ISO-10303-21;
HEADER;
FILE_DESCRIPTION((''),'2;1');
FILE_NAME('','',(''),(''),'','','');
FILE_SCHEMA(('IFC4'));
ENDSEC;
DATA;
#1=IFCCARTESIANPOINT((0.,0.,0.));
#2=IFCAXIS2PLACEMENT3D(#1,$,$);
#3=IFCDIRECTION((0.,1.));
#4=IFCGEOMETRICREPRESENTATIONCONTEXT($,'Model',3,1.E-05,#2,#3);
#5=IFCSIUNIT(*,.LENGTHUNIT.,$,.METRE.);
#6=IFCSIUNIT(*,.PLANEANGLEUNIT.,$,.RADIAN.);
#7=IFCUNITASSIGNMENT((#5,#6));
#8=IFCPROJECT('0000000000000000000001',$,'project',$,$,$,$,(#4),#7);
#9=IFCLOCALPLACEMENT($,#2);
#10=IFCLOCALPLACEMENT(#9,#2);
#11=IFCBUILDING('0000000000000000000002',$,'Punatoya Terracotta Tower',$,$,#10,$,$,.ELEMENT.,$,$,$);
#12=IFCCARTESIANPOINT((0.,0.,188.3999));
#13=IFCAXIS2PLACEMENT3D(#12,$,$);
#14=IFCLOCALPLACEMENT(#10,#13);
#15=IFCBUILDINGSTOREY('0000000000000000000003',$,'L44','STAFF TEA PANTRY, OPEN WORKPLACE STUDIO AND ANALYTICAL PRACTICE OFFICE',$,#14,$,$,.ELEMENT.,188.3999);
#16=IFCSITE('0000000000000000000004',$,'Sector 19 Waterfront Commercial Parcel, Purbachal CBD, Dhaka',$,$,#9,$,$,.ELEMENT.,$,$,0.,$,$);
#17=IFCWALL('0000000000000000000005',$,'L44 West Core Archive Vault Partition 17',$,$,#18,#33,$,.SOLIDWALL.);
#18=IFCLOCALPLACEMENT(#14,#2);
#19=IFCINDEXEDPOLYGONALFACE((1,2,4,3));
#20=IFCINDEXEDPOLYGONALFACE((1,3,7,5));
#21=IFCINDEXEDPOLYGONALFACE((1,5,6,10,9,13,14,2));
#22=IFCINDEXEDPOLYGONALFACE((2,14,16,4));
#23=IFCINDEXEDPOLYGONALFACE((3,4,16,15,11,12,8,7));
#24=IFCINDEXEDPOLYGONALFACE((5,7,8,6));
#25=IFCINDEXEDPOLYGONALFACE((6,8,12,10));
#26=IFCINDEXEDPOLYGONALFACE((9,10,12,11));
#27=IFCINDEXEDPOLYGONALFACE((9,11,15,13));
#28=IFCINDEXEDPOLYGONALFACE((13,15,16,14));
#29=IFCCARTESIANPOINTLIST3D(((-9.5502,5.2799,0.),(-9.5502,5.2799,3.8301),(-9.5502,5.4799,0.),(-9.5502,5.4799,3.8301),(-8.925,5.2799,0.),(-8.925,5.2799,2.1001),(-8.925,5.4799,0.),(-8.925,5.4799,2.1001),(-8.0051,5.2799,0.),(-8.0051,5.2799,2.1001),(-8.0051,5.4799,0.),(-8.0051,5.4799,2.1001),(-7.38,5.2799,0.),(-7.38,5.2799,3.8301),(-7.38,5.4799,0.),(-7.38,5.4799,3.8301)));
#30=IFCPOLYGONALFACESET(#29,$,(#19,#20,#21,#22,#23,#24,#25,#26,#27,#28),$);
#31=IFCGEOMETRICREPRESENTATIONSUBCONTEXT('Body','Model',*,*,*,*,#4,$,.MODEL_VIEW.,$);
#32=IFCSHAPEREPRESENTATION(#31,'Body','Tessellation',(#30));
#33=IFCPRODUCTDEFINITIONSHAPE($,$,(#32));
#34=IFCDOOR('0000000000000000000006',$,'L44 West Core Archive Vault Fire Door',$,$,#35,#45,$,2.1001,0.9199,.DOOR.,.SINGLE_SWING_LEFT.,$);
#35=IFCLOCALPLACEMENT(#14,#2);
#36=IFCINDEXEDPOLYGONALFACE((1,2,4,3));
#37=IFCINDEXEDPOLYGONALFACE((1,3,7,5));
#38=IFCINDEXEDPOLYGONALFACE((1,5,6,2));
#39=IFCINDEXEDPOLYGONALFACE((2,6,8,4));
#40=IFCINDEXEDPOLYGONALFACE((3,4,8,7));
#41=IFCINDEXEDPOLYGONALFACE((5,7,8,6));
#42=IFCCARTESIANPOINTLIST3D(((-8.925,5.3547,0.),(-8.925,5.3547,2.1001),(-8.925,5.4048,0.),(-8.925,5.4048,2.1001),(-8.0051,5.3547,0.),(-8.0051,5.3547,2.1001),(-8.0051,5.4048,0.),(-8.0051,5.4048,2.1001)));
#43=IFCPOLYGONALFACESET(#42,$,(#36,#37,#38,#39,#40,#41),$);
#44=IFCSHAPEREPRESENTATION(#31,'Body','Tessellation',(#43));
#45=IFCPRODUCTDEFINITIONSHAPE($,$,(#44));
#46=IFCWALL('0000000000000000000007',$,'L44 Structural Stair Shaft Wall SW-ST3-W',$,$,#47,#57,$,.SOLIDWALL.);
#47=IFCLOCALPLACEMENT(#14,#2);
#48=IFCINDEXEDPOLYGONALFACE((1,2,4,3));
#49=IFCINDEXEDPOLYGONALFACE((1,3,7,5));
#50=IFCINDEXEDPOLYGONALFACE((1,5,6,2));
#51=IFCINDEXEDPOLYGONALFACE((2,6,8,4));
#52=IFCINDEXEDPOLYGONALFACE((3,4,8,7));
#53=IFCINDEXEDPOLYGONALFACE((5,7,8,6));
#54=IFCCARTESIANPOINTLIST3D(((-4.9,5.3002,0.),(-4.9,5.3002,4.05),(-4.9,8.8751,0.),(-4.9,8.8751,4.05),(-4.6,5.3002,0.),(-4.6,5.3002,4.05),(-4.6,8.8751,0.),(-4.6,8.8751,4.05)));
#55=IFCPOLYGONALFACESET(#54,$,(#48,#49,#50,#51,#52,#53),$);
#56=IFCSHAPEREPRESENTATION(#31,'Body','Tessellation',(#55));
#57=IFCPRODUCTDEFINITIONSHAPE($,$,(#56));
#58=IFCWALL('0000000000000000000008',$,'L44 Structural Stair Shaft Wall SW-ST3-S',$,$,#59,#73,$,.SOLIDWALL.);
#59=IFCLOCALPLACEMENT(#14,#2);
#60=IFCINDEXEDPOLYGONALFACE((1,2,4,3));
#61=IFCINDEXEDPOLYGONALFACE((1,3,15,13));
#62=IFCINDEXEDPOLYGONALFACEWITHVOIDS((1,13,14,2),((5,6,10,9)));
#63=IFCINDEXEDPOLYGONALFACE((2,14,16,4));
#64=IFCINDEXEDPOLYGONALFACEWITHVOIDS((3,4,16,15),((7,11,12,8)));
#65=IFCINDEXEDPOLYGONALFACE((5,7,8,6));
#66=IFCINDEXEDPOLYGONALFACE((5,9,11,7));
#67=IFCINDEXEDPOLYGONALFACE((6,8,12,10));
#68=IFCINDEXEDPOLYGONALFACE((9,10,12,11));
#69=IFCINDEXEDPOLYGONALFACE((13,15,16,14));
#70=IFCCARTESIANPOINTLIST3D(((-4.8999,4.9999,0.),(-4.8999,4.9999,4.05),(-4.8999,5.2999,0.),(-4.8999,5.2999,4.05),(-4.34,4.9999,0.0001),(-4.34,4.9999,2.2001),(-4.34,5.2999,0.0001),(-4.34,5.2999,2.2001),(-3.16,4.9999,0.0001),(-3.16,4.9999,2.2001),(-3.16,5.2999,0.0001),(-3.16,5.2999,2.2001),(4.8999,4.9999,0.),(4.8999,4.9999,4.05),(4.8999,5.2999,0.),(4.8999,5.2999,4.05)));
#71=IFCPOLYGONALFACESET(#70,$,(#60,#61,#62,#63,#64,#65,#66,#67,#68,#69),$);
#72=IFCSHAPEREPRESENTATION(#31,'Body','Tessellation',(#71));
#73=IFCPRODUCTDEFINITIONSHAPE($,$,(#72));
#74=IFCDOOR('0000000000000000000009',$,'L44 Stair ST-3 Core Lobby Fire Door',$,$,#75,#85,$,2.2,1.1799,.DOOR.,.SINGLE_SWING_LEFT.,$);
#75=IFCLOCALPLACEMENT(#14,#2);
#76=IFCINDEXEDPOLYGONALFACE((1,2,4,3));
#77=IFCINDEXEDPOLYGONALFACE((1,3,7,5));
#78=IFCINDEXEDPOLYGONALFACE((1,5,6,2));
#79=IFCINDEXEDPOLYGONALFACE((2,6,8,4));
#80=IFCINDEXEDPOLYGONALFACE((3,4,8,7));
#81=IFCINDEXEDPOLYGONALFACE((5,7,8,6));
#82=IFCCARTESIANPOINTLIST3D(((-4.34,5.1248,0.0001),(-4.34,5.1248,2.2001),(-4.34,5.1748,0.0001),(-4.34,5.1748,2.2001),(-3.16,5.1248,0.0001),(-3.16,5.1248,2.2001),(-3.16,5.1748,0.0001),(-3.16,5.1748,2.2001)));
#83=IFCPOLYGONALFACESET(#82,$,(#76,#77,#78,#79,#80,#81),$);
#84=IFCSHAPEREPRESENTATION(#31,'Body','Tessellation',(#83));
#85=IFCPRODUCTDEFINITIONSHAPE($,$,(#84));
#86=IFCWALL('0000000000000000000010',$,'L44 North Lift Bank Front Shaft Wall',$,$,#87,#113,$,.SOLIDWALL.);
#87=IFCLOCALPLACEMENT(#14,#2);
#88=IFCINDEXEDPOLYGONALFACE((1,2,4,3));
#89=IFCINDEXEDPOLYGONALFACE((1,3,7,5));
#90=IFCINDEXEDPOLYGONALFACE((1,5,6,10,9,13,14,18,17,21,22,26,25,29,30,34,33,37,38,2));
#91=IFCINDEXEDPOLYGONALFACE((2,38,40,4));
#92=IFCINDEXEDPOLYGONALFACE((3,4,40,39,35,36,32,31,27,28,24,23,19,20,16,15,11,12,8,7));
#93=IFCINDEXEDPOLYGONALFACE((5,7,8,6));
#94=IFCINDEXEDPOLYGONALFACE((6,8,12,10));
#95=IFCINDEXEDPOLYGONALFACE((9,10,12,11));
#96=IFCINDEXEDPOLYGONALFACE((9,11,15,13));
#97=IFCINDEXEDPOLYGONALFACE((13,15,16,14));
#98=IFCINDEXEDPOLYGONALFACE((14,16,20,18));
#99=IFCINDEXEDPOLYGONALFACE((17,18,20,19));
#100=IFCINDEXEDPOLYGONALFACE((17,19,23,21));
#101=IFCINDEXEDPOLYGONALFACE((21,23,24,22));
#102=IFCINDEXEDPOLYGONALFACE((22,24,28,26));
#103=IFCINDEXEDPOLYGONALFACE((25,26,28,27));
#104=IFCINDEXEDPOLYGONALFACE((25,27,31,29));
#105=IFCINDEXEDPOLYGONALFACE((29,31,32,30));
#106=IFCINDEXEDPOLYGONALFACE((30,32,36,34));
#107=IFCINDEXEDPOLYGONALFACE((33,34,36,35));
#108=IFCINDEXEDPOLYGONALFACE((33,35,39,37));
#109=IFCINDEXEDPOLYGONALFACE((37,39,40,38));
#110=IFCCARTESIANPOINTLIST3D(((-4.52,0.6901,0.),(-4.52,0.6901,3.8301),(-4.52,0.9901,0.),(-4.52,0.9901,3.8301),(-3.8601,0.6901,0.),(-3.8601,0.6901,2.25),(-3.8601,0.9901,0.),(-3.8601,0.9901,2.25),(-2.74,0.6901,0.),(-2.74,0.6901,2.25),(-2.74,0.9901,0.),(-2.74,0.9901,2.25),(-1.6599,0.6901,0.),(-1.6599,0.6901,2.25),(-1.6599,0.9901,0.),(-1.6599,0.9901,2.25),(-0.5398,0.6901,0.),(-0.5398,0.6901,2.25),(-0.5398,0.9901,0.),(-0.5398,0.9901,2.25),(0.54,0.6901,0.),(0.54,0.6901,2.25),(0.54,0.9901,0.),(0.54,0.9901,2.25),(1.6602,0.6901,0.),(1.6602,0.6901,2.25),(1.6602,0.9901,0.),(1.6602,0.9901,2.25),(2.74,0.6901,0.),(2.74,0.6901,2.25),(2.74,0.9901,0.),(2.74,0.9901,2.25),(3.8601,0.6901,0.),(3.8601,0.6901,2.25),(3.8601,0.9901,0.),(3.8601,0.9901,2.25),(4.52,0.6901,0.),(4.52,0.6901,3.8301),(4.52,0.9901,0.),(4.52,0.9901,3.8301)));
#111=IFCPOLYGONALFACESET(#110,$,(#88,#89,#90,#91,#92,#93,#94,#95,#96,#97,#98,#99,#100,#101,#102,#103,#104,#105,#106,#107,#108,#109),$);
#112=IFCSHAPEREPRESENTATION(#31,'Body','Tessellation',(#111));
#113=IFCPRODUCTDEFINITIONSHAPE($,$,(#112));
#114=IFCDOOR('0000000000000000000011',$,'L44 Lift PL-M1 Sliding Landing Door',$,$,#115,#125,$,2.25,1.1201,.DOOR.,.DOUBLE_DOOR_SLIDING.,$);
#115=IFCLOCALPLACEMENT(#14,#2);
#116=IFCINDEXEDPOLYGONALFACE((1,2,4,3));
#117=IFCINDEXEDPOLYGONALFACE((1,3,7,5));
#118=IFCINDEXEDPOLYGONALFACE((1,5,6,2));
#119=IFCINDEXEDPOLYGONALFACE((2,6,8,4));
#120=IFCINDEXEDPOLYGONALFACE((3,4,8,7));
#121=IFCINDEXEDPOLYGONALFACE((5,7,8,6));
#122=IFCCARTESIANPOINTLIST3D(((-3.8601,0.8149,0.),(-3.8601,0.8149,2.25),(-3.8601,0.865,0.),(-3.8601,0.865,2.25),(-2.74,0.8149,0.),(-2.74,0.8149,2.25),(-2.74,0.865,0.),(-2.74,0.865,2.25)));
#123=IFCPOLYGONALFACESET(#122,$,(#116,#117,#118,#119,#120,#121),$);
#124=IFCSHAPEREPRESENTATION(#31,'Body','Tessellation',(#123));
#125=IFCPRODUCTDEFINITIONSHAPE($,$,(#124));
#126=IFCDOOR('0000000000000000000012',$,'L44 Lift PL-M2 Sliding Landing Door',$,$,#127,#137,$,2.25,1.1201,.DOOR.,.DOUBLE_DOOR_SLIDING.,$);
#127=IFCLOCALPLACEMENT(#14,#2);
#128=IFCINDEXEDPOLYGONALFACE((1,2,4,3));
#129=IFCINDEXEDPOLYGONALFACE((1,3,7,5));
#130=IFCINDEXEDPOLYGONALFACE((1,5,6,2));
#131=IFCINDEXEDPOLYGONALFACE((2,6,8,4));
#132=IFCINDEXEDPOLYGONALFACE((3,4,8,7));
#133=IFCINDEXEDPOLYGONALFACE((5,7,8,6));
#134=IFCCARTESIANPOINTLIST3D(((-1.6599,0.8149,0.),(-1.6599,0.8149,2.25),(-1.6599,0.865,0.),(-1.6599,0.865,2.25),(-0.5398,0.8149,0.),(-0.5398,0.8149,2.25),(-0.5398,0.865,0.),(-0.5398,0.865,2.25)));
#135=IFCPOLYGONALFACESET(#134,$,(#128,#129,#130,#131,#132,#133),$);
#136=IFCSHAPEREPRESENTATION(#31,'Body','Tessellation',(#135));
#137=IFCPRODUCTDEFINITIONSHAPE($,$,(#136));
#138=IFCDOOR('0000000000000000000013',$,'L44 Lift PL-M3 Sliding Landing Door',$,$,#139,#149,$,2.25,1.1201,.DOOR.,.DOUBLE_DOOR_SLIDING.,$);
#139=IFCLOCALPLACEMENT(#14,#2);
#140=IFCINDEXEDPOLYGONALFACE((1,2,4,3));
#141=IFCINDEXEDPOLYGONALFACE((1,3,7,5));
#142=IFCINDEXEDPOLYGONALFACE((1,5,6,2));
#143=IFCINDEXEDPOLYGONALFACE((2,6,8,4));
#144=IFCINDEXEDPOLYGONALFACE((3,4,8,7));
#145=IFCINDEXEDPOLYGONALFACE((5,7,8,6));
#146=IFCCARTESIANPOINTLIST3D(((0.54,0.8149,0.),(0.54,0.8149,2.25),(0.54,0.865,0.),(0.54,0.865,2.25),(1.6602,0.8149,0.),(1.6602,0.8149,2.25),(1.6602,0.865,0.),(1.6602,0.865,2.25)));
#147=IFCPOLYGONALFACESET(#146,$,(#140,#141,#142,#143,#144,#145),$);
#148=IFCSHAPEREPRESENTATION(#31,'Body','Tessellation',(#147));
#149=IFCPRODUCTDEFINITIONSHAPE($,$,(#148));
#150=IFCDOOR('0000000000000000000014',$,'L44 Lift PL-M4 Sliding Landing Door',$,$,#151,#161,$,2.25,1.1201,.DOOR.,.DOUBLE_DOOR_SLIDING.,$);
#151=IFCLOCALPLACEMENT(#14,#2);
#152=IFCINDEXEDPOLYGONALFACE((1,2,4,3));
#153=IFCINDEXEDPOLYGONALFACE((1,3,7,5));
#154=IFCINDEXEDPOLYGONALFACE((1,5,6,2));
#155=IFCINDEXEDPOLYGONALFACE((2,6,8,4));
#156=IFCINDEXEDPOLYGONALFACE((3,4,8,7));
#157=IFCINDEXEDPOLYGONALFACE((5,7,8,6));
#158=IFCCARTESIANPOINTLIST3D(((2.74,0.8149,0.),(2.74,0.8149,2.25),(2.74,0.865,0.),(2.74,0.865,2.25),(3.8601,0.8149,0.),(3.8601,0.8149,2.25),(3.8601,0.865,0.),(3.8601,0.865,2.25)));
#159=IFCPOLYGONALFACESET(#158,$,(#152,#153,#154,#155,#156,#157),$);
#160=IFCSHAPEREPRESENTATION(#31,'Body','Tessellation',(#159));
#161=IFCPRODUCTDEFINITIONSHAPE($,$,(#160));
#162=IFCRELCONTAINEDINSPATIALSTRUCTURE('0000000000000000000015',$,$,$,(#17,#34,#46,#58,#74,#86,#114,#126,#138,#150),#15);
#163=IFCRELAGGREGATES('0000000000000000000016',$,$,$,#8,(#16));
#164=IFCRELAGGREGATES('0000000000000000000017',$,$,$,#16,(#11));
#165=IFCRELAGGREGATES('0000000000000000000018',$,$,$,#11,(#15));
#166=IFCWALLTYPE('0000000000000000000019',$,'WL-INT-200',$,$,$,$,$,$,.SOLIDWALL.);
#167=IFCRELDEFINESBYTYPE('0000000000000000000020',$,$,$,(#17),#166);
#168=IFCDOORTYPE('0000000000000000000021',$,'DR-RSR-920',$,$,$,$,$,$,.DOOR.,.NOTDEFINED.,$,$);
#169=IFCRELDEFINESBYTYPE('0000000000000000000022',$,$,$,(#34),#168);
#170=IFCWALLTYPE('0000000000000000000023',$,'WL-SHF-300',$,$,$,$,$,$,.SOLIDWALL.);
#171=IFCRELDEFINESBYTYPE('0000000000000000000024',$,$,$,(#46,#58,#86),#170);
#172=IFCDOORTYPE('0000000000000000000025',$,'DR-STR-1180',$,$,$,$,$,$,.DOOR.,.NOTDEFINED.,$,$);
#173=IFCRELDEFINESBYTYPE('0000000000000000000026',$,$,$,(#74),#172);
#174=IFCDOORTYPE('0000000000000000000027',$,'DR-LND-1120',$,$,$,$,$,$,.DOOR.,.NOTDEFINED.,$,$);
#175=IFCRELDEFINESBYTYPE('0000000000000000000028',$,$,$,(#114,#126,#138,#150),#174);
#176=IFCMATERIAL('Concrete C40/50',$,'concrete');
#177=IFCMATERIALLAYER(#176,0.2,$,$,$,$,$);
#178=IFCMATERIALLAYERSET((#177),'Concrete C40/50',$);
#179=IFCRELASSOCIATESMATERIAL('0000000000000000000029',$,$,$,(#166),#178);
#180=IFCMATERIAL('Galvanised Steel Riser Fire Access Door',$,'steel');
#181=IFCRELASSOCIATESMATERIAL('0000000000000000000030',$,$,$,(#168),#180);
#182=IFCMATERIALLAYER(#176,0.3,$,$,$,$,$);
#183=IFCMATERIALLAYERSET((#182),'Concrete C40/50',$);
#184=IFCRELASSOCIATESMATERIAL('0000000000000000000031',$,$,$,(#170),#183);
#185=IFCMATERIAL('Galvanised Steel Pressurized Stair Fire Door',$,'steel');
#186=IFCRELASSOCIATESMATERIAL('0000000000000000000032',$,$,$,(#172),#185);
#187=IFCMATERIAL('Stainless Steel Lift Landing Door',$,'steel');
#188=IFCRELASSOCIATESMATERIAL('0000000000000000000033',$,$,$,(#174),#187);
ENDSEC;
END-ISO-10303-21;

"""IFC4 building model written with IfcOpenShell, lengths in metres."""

from ifc_helpers import new_model, si_unit, direction, frame, frame_2d, origin, place, context, subcontext, project, spatial, rectangle, extrude, material, layer, layer_set, type_object, element, fill, save


model = new_model("IFC4")

# Units and contexts
model_context = context("Model", 3, precision=1e-05, world=origin(), true_north=direction((0.0, 1.0)))
body_context = subcontext(model_context, "Body", "Model", "MODEL_VIEW")
ifc_project = project(units=[si_unit("LENGTHUNIT", "METRE"), si_unit("PLANEANGLEUNIT", "RADIAN")], contexts=[model_context])

# Site, building, storey
site_placement = place(None, origin())
site = spatial("IfcSite", under=ifc_project, at=site_placement, Name="Sector 19 Waterfront Commercial Parcel, Purbachal CBD, Dhaka", CompositionType="ELEMENT", RefElevation=0.0)
building_placement = place(site_placement, origin())
building = spatial("IfcBuilding", under=site, at=building_placement, Name="Punatoya Terracotta Tower", CompositionType="ELEMENT")
storey_placement = place(building_placement, frame((0.0, 0.0, 188.3999)))
storey = spatial("IfcBuildingStorey", under=building, at=storey_placement, Name="L44", Description="STAFF TEA PANTRY, OPEN WORKPLACE STUDIO AND ANALYTICAL PRACTICE OFFICE", CompositionType="ELEMENT", Elevation=188.3999)

# Shared definitions
ifc_material_1 = material(Name="Concrete C40/50", Category="concrete")
ifc_layer_1 = layer(ifc_material_1, 0.2)
ifc_layer_set_1 = layer_set([ifc_layer_1], Name="Concrete C40/50")
wall_type_1 = type_object("IfcWallType", Name="WL-INT-200", PredefinedType="SOLIDWALL", material=ifc_layer_set_1)

# Wall, opening, door
wall_1_placement = place(storey_placement, frame((-9.55, 5.3799, 0.0), z_axis=(0.0, 0.0, 1.0), x_axis=(1.0, 0.0, 0.0)))
wall_1 = element("IfcWall", 1, at=wall_1_placement, inside=storey, type_object=wall_type_1, Name="L44 West Core Archive Vault Partition 17", PredefinedType="SOLIDWALL", context=body_context, shape_type="SweptSolid", body=[
    extrude(rectangle(XDim=2.1702, YDim=0.2, at=frame_2d((1.085, 0.0))), origin(), (0.0, 0.0, 1.0), 3.8301),
])
opening_1_placement = place(wall_1_placement, frame((0.625, 0.0, 0.0)))
opening_1 = element("IfcOpeningElement", 2, at=opening_1_placement, cuts=wall_1, PredefinedType="OPENING", context=body_context, shape_type="SweptSolid", body=[
    extrude(rectangle(XDim=0.9199, YDim=2.1001, at=frame_2d((0.46, 1.05))), frame((0.0, 0.1099, 0.0), z_axis=(0.0, -1.0, 0.0), x_axis=(1.0, 0.0, 0.0)), (0.0, 0.0, 1.0), 0.22),
])
ifc_material_2 = material(Name="Galvanised Steel Riser Fire Access Door", Category="steel")
door_type_1 = type_object("IfcDoorType", Name="DR-RSR-920", OperationType="NOTDEFINED", PredefinedType="DOOR", material=ifc_material_2)
door_1_placement = place(opening_1_placement, origin())
door_1 = element("IfcDoor", 3, at=door_1_placement, inside=storey, type_object=door_type_1, Name="L44 West Core Archive Vault Fire Door", OperationType="SINGLE_SWING_LEFT", OverallHeight=2.1001, OverallWidth=0.9199, PredefinedType="DOOR", context=body_context, shape_type="SweptSolid", body=[
    extrude(rectangle(XDim=0.9199, YDim=2.1001, at=frame_2d((0.46, 1.05))), frame((0.0, 0.0249, 0.0), z_axis=(0.0, -1.0, 0.0), x_axis=(1.0, 0.0, 0.0)), (0.0, 0.0, 1.0), 0.05),
])
fill(opening_1, door_1)

# Wall
ifc_layer_2 = layer(ifc_material_1, 0.3)
ifc_layer_set_2 = layer_set([ifc_layer_2], Name="Concrete C40/50")
wall_type_2 = type_object("IfcWallType", Name="WL-SHF-300", PredefinedType="SOLIDWALL", material=ifc_layer_set_2)
wall_2_placement = place(storey_placement, frame((-4.75, 5.3, 0.0), z_axis=(0.0, 0.0, 1.0), x_axis=(0.0, 1.0, 0.0)))
element("IfcWall", 4, at=wall_2_placement, inside=storey, type_object=wall_type_2, Name="L44 Structural Stair Shaft Wall SW-ST3-W", PredefinedType="SOLIDWALL", context=body_context, shape_type="SweptSolid", body=[
    extrude(rectangle(XDim=3.575, YDim=0.3, at=frame_2d((1.7876, 0.0))), origin(), (0.0, 0.0, 1.0), 4.05),
])

# Wall, opening, door
wall_3_placement = place(storey_placement, frame((-4.8999, 5.1499, 0.0), z_axis=(0.0, 0.0, 1.0), x_axis=(1.0, 0.0, 0.0)))
wall_3 = element("IfcWall", 5, at=wall_3_placement, inside=storey, type_object=wall_type_2, Name="L44 Structural Stair Shaft Wall SW-ST3-S", PredefinedType="SOLIDWALL", context=body_context, shape_type="SweptSolid", body=[
    extrude(rectangle(XDim=9.7998, YDim=0.3, at=frame_2d((4.8999, 0.0))), origin(), (0.0, 0.0, 1.0), 4.05),
])
opening_2_placement = place(wall_3_placement, frame((0.5601, 0.0, 0.0)))
opening_2 = element("IfcOpeningElement", 6, at=opening_2_placement, cuts=wall_3, PredefinedType="OPENING", context=body_context, shape_type="SweptSolid", body=[
    extrude(rectangle(XDim=1.1799, YDim=2.2, at=frame_2d((0.5898, 1.1001))), frame((0.0, 0.1599, 0.0), z_axis=(0.0, -1.0, 0.0), x_axis=(1.0, 0.0, 0.0)), (0.0, 0.0, 1.0), 0.3201),
])
ifc_material_3 = material(Name="Galvanised Steel Pressurized Stair Fire Door", Category="steel")
door_type_2 = type_object("IfcDoorType", Name="DR-STR-1180", OperationType="NOTDEFINED", PredefinedType="DOOR", material=ifc_material_3)
door_2_placement = place(opening_2_placement, origin())
door_2 = element("IfcDoor", 7, at=door_2_placement, inside=storey, type_object=door_type_2, Name="L44 Stair ST-3 Core Lobby Fire Door", OperationType="SINGLE_SWING_LEFT", OverallHeight=2.2, OverallWidth=1.1799, PredefinedType="DOOR", context=body_context, shape_type="SweptSolid", body=[
    extrude(rectangle(XDim=1.1799, YDim=2.2, at=frame_2d((0.5898, 1.1001))), frame((0.0, 0.0249, 0.0), z_axis=(0.0, -1.0, 0.0), x_axis=(1.0, 0.0, 0.0)), (0.0, 0.0, 1.0), 0.05),
])
fill(opening_2, door_2)

# Wall, openings, doors
wall_4_placement = place(storey_placement, frame((-4.52, 0.8401, 0.0), z_axis=(0.0, 0.0, 1.0), x_axis=(1.0, 0.0, 0.0)))
wall_4 = element("IfcWall", 8, at=wall_4_placement, inside=storey, type_object=wall_type_2, Name="L44 North Lift Bank Front Shaft Wall", PredefinedType="SOLIDWALL", context=body_context, shape_type="SweptSolid", body=[
    extrude(rectangle(XDim=9.04, YDim=0.3, at=frame_2d((4.52, 0.0))), origin(), (0.0, 0.0, 1.0), 3.8301),
])
opening_3_placement = place(wall_4_placement, frame((0.6599, 0.0, 0.0)))
opening_3 = element("IfcOpeningElement", 9, at=opening_3_placement, cuts=wall_4, PredefinedType="OPENING", context=body_context, shape_type="SweptSolid", body=[
    extrude(rectangle(XDim=1.1201, YDim=2.25, at=frame_2d((0.5601, 1.125))), frame((0.0, 0.1599, 0.0), z_axis=(0.0, -1.0, 0.0), x_axis=(1.0, 0.0, 0.0)), (0.0, 0.0, 1.0), 0.3201),
])
opening_4_placement = place(wall_4_placement, frame((2.8601, 0.0, 0.0)))
opening_4 = element("IfcOpeningElement", 10, at=opening_4_placement, cuts=wall_4, PredefinedType="OPENING", context=body_context, shape_type="SweptSolid", body=[
    extrude(rectangle(XDim=1.1201, YDim=2.25, at=frame_2d((0.5601, 1.125))), frame((0.0, 0.1599, 0.0), z_axis=(0.0, -1.0, 0.0), x_axis=(1.0, 0.0, 0.0)), (0.0, 0.0, 1.0), 0.3201),
])
opening_5_placement = place(wall_4_placement, frame((5.0601, 0.0, 0.0)))
opening_5 = element("IfcOpeningElement", 11, at=opening_5_placement, cuts=wall_4, PredefinedType="OPENING", context=body_context, shape_type="SweptSolid", body=[
    extrude(rectangle(XDim=1.1201, YDim=2.25, at=frame_2d((0.5601, 1.125))), frame((0.0, 0.1599, 0.0), z_axis=(0.0, -1.0, 0.0), x_axis=(1.0, 0.0, 0.0)), (0.0, 0.0, 1.0), 0.3201),
])
opening_6_placement = place(wall_4_placement, frame((7.26, 0.0, 0.0)))
opening_6 = element("IfcOpeningElement", 12, at=opening_6_placement, cuts=wall_4, PredefinedType="OPENING", context=body_context, shape_type="SweptSolid", body=[
    extrude(rectangle(XDim=1.1201, YDim=2.25, at=frame_2d((0.5601, 1.125))), frame((0.0, 0.1599, 0.0), z_axis=(0.0, -1.0, 0.0), x_axis=(1.0, 0.0, 0.0)), (0.0, 0.0, 1.0), 0.3201),
])
ifc_material_4 = material(Name="Stainless Steel Lift Landing Door", Category="steel")
door_type_3 = type_object("IfcDoorType", Name="DR-LND-1120", OperationType="NOTDEFINED", PredefinedType="DOOR", material=ifc_material_4)
door_3_placement = place(opening_3_placement, origin())
door_3 = element("IfcDoor", 13, at=door_3_placement, inside=storey, type_object=door_type_3, Name="L44 Lift PL-M1 Sliding Landing Door", OperationType="DOUBLE_DOOR_SLIDING", OverallHeight=2.25, OverallWidth=1.1201, PredefinedType="DOOR", context=body_context, shape_type="SweptSolid", body=[
    extrude(rectangle(XDim=1.1201, YDim=2.25, at=frame_2d((0.5601, 1.125))), frame((0.0, 0.0249, 0.0), z_axis=(0.0, -1.0, 0.0), x_axis=(1.0, 0.0, 0.0)), (0.0, 0.0, 1.0), 0.05),
])
fill(opening_3, door_3)
door_4_placement = place(opening_4_placement, origin())
door_4 = element("IfcDoor", 14, at=door_4_placement, inside=storey, type_object=door_type_3, Name="L44 Lift PL-M2 Sliding Landing Door", OperationType="DOUBLE_DOOR_SLIDING", OverallHeight=2.25, OverallWidth=1.1201, PredefinedType="DOOR", context=body_context, shape_type="SweptSolid", body=[
    extrude(rectangle(XDim=1.1201, YDim=2.25, at=frame_2d((0.5601, 1.125))), frame((0.0, 0.0249, 0.0), z_axis=(0.0, -1.0, 0.0), x_axis=(1.0, 0.0, 0.0)), (0.0, 0.0, 1.0), 0.05),
])
fill(opening_4, door_4)
door_5_placement = place(opening_5_placement, origin())
door_5 = element("IfcDoor", 15, at=door_5_placement, inside=storey, type_object=door_type_3, Name="L44 Lift PL-M3 Sliding Landing Door", OperationType="DOUBLE_DOOR_SLIDING", OverallHeight=2.25, OverallWidth=1.1201, PredefinedType="DOOR", context=body_context, shape_type="SweptSolid", body=[
    extrude(rectangle(XDim=1.1201, YDim=2.25, at=frame_2d((0.5601, 1.125))), frame((0.0, 0.0249, 0.0), z_axis=(0.0, -1.0, 0.0), x_axis=(1.0, 0.0, 0.0)), (0.0, 0.0, 1.0), 0.05),
])
fill(opening_5, door_5)
door_6_placement = place(opening_6_placement, origin())
door_6 = element("IfcDoor", 16, at=door_6_placement, inside=storey, type_object=door_type_3, Name="L44 Lift PL-M4 Sliding Landing Door", OperationType="DOUBLE_DOOR_SLIDING", OverallHeight=2.25, OverallWidth=1.1201, PredefinedType="DOOR", context=body_context, shape_type="SweptSolid", body=[
    extrude(rectangle(XDim=1.1201, YDim=2.25, at=frame_2d((0.5601, 1.125))), frame((0.0, 0.0249, 0.0), z_axis=(0.0, -1.0, 0.0), x_axis=(1.0, 0.0, 0.0)), (0.0, 0.0, 1.0), 0.05),
])
fill(opening_6, door_6)

save(model, "model.ifc")
